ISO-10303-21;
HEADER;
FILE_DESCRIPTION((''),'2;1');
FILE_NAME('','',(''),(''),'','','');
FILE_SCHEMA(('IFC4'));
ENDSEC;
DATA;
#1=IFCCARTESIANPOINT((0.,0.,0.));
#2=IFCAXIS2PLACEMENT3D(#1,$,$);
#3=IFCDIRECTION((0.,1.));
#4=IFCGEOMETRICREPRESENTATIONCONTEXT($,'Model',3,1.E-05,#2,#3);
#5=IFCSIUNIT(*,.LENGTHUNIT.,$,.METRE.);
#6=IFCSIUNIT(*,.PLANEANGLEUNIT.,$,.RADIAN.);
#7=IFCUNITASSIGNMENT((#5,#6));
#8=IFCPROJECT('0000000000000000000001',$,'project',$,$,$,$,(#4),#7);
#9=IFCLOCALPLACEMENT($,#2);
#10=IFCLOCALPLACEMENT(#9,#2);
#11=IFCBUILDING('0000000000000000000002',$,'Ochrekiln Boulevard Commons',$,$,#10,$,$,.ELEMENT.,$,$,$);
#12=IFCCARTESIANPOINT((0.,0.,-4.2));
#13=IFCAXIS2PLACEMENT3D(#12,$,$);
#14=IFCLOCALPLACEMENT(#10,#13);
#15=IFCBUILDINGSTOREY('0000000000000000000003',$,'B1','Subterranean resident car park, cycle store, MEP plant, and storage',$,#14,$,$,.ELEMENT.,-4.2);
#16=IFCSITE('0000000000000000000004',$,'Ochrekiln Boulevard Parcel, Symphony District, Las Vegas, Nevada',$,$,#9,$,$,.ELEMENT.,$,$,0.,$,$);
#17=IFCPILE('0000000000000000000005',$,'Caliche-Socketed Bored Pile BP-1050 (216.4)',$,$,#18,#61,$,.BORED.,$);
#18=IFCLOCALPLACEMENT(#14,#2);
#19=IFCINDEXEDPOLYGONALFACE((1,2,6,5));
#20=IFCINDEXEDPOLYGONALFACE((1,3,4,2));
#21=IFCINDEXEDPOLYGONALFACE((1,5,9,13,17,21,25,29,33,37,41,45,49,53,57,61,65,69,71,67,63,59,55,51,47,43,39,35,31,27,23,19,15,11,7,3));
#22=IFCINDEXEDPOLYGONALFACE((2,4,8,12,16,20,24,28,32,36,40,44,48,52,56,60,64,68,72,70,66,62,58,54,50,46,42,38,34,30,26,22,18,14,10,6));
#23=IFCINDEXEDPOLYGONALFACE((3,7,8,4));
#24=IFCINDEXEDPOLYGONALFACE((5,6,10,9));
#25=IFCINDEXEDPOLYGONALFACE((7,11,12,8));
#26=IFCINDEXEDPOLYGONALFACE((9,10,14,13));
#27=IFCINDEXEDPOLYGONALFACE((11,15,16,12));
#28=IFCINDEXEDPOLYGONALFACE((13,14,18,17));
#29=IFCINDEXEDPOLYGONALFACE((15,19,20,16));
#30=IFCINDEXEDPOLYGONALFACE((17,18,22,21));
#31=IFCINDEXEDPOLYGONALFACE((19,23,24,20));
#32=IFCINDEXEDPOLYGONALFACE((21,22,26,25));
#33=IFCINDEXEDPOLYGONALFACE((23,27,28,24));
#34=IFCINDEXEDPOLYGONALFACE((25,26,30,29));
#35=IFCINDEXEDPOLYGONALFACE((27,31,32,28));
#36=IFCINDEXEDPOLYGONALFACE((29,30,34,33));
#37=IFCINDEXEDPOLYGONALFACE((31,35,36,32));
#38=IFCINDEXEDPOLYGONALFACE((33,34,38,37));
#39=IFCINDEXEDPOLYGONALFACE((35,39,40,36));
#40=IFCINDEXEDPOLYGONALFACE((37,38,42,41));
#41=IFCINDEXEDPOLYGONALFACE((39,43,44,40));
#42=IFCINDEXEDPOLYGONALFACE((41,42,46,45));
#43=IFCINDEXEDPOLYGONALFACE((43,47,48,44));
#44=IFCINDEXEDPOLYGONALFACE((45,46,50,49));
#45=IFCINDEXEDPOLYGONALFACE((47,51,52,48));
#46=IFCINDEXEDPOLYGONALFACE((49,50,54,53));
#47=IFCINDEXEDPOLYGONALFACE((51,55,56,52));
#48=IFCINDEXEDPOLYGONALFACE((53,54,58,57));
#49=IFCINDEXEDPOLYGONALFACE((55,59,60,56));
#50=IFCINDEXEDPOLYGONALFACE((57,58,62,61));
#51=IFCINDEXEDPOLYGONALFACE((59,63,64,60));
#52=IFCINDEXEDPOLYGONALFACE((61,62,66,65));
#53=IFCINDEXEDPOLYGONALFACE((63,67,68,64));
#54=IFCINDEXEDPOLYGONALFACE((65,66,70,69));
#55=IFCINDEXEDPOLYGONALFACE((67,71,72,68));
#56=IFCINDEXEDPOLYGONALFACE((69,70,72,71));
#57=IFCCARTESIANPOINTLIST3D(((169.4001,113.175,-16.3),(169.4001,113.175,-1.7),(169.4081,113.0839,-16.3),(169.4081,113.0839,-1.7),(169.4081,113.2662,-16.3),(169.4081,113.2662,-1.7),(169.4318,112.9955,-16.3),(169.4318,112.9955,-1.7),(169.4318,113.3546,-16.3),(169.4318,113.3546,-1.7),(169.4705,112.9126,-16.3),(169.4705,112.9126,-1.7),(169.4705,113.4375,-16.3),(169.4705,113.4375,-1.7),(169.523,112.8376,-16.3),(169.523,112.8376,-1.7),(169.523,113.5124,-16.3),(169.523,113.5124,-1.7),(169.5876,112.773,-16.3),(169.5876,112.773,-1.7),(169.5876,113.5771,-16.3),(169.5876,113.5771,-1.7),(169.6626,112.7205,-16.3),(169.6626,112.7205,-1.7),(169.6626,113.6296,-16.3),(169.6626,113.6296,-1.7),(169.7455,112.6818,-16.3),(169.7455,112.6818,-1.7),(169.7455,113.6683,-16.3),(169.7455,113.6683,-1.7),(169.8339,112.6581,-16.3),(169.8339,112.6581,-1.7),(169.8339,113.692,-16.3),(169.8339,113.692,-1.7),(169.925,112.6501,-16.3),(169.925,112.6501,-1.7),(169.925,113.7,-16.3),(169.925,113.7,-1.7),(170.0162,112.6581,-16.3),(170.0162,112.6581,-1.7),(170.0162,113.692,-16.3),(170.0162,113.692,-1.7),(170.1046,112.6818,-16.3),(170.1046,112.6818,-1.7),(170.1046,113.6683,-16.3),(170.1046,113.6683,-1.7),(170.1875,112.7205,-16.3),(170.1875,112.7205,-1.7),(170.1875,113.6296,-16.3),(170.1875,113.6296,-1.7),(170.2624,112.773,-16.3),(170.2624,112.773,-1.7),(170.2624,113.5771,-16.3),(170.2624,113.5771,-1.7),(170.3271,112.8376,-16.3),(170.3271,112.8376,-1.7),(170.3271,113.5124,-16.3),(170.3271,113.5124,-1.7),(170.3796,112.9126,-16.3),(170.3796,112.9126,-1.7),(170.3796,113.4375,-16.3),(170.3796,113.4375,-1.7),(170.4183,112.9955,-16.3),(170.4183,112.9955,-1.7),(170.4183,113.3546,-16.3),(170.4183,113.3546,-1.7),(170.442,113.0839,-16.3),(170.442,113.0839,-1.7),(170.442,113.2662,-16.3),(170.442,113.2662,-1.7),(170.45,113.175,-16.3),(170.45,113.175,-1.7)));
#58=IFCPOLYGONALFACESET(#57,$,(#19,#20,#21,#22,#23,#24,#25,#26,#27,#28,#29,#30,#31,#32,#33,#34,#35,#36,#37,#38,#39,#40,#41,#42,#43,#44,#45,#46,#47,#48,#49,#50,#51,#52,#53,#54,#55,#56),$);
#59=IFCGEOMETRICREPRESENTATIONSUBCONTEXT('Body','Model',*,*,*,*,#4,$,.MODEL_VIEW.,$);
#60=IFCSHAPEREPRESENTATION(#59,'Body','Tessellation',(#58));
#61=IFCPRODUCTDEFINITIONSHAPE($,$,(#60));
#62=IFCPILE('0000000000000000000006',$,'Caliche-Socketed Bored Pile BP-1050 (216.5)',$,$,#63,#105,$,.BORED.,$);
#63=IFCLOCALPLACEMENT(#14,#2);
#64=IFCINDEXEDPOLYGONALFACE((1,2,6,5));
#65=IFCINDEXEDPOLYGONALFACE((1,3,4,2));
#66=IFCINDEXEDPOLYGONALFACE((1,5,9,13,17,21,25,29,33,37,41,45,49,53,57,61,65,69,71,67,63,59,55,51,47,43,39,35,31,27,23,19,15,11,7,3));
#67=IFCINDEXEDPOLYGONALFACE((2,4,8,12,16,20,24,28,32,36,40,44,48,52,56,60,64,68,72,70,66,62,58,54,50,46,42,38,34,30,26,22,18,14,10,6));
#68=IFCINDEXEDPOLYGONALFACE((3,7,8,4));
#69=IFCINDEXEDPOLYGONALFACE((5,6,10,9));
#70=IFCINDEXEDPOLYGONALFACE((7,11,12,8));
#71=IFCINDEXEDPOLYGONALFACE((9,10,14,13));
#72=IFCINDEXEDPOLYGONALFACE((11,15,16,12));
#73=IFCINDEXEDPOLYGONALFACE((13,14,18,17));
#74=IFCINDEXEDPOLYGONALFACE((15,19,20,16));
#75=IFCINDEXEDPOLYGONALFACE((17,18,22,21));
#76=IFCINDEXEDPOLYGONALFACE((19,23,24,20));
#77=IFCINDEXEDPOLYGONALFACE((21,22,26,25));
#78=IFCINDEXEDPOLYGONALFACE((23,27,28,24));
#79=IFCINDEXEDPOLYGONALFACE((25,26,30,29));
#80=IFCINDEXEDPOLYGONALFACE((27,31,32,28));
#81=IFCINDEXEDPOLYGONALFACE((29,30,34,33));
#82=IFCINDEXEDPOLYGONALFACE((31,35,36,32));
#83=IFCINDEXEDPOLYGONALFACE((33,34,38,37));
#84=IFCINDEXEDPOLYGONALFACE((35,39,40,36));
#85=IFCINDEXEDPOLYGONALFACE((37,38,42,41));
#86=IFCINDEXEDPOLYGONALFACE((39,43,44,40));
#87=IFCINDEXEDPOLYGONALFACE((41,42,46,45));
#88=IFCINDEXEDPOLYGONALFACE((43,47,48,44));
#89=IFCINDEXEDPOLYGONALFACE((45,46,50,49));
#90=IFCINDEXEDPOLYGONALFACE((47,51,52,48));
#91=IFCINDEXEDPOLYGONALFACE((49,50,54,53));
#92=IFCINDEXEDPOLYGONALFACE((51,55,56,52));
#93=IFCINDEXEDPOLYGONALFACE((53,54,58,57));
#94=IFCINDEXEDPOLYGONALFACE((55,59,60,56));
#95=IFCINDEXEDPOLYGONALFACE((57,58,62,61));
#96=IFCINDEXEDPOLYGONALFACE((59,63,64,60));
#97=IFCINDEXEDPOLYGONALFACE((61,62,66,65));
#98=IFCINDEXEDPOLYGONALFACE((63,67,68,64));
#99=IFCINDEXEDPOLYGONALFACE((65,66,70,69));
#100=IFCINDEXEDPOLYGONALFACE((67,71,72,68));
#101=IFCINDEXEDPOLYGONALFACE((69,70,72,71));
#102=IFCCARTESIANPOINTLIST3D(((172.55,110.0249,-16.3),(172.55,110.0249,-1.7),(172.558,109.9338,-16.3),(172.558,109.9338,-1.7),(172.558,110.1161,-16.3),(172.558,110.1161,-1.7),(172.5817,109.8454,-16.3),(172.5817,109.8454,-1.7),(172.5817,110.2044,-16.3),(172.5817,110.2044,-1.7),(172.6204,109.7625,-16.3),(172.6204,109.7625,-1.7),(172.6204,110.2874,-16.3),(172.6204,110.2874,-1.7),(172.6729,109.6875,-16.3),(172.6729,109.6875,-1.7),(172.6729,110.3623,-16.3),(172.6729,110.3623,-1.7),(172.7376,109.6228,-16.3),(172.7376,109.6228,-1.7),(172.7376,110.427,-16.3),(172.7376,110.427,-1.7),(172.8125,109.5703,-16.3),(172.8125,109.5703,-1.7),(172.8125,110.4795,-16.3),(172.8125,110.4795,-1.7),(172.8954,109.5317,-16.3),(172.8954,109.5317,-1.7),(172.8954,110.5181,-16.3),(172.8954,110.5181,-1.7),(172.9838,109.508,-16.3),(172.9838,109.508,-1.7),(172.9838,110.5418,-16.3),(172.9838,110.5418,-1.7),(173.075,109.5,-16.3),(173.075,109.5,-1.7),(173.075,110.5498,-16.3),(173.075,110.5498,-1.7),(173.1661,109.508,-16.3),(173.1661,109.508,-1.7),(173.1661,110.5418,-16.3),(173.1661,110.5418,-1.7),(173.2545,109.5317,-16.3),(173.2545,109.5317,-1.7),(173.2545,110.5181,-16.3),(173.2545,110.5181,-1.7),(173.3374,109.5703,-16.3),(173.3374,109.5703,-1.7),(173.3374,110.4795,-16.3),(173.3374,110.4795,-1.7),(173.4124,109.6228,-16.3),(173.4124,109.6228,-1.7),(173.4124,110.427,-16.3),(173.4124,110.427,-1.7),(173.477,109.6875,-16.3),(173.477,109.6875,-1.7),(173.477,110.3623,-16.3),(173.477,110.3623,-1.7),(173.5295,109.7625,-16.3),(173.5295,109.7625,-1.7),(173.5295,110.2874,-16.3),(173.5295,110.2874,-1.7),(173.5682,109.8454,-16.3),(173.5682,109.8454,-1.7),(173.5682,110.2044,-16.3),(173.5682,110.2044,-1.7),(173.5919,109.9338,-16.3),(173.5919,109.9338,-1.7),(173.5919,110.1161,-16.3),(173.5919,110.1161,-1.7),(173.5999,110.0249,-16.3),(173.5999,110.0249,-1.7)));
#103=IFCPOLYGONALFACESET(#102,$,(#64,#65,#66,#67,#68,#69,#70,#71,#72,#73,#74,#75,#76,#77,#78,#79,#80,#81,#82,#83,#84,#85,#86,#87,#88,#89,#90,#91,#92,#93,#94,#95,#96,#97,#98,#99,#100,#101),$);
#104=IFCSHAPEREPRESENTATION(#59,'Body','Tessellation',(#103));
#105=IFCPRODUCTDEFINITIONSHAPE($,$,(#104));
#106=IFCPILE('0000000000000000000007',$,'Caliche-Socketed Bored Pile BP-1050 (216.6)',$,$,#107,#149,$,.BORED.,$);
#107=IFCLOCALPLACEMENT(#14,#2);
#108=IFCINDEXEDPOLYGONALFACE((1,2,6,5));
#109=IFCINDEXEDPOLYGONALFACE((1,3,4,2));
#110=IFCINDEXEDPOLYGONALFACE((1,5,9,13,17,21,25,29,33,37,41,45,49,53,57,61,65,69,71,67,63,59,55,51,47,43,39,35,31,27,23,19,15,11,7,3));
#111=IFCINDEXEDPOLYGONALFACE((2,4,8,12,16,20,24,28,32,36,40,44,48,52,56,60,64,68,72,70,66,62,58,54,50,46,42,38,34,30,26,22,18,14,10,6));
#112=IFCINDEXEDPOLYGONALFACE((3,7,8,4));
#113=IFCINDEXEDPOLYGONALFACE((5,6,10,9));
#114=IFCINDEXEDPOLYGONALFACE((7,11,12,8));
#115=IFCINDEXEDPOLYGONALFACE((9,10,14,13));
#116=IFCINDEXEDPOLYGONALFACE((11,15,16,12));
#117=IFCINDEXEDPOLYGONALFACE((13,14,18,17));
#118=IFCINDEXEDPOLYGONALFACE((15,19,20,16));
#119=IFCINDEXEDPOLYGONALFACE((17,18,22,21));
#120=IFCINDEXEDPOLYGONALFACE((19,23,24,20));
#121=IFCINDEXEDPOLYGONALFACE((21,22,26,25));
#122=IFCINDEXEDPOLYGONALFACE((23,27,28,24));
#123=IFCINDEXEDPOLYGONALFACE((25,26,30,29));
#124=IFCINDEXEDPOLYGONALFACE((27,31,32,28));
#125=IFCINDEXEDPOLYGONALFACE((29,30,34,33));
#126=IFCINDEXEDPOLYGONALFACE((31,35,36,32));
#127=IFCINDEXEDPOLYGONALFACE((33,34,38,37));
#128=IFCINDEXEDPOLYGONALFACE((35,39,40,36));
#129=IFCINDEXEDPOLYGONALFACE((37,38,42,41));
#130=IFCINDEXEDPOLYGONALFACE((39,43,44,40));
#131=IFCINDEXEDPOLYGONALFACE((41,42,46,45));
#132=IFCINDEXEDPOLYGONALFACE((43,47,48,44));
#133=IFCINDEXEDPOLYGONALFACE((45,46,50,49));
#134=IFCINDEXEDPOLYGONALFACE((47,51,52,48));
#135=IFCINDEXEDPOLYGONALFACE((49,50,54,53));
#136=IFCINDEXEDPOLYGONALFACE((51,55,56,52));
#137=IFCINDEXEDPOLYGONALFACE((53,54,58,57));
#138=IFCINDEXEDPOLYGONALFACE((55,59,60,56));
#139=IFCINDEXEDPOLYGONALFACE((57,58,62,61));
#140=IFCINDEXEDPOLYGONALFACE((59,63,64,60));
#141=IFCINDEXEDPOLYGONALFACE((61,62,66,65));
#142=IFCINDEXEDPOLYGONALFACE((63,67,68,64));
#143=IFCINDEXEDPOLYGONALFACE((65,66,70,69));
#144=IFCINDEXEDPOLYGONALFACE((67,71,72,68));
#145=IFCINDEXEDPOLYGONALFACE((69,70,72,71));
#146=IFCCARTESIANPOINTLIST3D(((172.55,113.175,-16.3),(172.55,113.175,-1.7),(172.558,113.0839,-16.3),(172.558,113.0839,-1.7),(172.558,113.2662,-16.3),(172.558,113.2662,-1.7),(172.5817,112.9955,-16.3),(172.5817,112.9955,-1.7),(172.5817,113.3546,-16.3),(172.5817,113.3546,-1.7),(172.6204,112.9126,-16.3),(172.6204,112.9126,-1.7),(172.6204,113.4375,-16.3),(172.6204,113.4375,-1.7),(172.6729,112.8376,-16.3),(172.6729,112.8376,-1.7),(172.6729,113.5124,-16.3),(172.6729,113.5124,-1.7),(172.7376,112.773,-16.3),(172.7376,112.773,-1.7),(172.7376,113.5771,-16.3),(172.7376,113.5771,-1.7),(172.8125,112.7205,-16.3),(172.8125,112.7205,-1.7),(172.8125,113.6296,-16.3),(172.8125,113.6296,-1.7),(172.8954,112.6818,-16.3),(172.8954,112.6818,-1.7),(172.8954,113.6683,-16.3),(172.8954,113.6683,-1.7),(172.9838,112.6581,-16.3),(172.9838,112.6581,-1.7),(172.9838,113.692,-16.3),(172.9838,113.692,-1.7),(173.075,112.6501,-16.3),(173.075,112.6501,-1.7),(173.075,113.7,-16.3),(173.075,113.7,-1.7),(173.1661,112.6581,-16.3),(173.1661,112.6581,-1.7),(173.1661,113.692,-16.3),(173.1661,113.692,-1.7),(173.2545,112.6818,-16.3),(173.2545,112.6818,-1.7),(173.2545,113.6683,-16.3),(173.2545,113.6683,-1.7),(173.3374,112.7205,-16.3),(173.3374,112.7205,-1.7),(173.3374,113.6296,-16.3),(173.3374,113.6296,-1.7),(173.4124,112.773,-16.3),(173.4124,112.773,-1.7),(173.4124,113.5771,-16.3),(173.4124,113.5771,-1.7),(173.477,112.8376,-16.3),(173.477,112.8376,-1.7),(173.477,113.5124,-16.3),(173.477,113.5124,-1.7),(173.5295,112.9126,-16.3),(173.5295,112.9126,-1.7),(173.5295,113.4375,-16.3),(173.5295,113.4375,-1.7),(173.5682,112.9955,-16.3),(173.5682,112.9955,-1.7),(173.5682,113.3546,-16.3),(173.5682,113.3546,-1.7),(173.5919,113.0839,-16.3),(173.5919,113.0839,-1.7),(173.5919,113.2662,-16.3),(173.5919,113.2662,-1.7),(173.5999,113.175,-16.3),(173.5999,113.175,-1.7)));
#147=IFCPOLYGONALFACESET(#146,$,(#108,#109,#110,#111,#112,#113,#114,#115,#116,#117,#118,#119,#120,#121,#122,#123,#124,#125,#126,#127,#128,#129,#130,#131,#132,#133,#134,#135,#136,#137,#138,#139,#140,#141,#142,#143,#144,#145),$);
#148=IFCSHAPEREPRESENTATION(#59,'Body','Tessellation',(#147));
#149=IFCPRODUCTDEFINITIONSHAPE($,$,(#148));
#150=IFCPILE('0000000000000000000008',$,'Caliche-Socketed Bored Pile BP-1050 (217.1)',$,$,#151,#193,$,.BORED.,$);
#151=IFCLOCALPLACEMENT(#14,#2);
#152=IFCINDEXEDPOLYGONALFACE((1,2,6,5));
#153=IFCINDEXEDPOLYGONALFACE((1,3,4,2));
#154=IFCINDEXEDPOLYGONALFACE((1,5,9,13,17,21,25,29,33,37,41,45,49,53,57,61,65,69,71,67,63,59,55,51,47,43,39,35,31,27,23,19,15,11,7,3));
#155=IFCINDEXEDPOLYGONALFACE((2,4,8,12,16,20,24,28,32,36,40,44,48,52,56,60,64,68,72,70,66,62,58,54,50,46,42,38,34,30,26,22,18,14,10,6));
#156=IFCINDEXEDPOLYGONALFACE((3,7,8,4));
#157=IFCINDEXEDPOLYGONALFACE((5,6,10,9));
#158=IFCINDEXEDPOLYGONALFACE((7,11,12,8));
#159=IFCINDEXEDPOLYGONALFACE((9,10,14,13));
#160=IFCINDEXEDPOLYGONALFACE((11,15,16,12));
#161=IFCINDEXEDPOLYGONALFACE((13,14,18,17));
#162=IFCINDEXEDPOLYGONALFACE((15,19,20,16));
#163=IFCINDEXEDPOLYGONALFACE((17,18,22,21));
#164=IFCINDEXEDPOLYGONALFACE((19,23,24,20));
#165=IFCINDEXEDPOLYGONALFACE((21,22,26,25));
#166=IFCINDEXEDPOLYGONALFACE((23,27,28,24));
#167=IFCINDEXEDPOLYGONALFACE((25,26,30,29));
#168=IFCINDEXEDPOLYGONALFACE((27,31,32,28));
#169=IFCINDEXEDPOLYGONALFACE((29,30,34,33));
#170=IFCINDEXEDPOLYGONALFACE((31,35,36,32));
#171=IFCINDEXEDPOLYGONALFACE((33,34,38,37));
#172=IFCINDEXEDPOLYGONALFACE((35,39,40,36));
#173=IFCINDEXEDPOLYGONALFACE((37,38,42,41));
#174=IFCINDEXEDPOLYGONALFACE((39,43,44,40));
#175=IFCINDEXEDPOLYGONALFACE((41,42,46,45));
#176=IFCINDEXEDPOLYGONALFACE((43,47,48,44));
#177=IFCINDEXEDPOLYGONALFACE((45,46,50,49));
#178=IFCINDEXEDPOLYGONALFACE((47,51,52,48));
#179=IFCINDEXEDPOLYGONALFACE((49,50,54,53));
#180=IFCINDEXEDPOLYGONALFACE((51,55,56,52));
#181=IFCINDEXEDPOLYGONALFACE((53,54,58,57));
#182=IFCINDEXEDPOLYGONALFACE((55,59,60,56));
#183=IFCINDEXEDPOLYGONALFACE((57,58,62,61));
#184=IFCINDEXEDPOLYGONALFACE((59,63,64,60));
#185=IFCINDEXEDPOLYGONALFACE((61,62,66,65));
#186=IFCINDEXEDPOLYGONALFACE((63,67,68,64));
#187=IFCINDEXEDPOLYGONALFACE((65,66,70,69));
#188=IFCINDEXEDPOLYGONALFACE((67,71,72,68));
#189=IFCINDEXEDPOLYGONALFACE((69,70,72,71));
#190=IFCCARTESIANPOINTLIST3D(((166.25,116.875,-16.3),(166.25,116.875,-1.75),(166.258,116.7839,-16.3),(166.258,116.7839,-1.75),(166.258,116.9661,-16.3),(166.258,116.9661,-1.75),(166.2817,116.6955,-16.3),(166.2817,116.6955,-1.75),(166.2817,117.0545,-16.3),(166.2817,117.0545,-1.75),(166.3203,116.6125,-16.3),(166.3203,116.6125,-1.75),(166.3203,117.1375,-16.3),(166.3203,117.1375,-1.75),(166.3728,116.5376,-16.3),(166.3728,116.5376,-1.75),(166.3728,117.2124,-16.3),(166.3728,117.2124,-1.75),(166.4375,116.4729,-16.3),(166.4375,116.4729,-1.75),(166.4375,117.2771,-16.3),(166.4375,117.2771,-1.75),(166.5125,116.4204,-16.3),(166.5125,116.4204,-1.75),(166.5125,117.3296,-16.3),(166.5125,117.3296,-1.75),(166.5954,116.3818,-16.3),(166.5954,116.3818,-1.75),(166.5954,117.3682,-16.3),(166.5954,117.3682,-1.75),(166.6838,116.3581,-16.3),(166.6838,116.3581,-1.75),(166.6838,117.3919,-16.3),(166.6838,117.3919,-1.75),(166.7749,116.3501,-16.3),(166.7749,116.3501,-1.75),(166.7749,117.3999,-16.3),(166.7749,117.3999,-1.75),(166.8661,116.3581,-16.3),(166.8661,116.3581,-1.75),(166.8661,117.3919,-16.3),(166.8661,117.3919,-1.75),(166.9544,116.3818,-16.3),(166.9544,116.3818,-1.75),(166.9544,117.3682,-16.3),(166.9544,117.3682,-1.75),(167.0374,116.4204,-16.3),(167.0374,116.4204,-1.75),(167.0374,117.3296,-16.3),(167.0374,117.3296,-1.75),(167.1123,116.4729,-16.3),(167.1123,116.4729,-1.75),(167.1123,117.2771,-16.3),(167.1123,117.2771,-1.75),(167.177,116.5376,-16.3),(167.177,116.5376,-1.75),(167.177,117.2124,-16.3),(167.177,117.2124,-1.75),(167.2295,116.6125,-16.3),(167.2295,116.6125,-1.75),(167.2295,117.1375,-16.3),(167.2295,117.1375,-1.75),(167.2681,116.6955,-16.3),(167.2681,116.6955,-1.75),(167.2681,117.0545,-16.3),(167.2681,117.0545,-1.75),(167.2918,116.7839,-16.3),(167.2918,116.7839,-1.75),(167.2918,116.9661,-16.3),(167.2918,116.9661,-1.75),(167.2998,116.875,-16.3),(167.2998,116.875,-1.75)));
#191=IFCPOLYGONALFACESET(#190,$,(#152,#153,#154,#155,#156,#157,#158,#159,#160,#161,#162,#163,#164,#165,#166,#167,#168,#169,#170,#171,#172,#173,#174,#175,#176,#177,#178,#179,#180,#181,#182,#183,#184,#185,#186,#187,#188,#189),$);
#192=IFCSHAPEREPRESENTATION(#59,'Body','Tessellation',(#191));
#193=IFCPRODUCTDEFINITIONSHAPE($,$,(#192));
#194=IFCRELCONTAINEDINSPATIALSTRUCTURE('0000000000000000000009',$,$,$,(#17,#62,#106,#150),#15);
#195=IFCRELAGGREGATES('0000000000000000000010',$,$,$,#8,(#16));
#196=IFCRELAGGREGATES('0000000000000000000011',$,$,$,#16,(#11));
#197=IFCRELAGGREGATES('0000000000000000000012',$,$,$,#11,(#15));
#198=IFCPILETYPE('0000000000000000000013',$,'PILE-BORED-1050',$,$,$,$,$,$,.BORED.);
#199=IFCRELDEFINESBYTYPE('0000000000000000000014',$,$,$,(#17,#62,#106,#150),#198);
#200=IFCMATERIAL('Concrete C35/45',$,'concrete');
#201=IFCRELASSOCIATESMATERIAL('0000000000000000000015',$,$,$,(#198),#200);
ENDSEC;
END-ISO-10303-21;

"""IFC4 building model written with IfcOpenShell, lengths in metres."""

from ifc_helpers import new_model, si_unit, direction, frame, origin, origin_2d, place, context, subcontext, project, spatial, circle, extrude, material, material_profile, profile_set, type_object, element, save


model = new_model("IFC4")

# Units and contexts
model_context = context("Model", 3, precision=1e-05, world=origin(), true_north=direction((0.0, 1.0)))
body_context = subcontext(model_context, "Body", "Model", "MODEL_VIEW")
ifc_project = project(units=[si_unit("LENGTHUNIT", "METRE"), si_unit("PLANEANGLEUNIT", "RADIAN")], contexts=[model_context])

# Site, building, storey
site_placement = place(None, origin())
site = spatial("IfcSite", under=ifc_project, at=site_placement, Name="Ochrekiln Boulevard Parcel, Symphony District, Las Vegas, Nevada", CompositionType="ELEMENT", RefElevation=0.0)
building_placement = place(site_placement, origin())
building = spatial("IfcBuilding", under=site, at=building_placement, Name="Ochrekiln Boulevard Commons", CompositionType="ELEMENT")
storey_placement = place(building_placement, frame((0.0, 0.0, -4.2)))
storey = spatial("IfcBuildingStorey", under=building, at=storey_placement, Name="B1", Description="Subterranean resident car park, cycle store, MEP plant, and storage", CompositionType="ELEMENT", Elevation=-4.2)

# Shared definitions
ifc_material_1 = material(Name="Concrete C35/45", Category="concrete")

# Piles
ifc_material_profile_1 = material_profile(ifc_material_1, circle(Radius=0.5249, at=origin_2d()), Name="PILE-D1050")
ifc_profile_set_1 = profile_set([ifc_material_profile_1], Name="Concrete C35/45")
pile_type = type_object("IfcPileType", Name="PILE-BORED-1050", PredefinedType="BORED", material=ifc_profile_set_1)
for number, where, z_axis, x_axis, name in (
    (1, (169.925, 113.175, -1.7), (0.0, 0.0, -1.0), (1.0, 0.0, 0.0), "Caliche-Socketed Bored Pile BP-1050 (216.4)"),
    (2, (173.075, 110.0249, -1.7), (0.0, 0.0, -1.0), (1.0, 0.0, 0.0), "Caliche-Socketed Bored Pile BP-1050 (216.5)"),
    (3, (173.075, 113.175, -1.7), (0.0, 0.0, -1.0), (1.0, 0.0, 0.0), "Caliche-Socketed Bored Pile BP-1050 (216.6)"),
):
    element("IfcPile", number, at=place(storey_placement, frame(where, z_axis=z_axis, x_axis=x_axis)), inside=storey, type_object=pile_type, Name=name, PredefinedType="BORED", context=body_context, shape_type="SweptSolid", body=[
        extrude(circle(Radius=0.5249, at=origin_2d()), origin(), (0.0, 0.0, 1.0), 14.6001),
    ])
for number, where, z_axis, x_axis, name in (
    (4, (166.7749, 116.875, -1.75), (0.0, 0.0, -1.0), (1.0, 0.0, 0.0), "Caliche-Socketed Bored Pile BP-1050 (217.1)"),
):
    element("IfcPile", number, at=place(storey_placement, frame(where, z_axis=z_axis, x_axis=x_axis)), inside=storey, type_object=pile_type, Name=name, PredefinedType="BORED", context=body_context, shape_type="SweptSolid", body=[
        extrude(circle(Radius=0.5249, at=origin_2d()), origin(), (0.0, 0.0, 1.0), 14.55),
    ])

save(model, "model.ifc")
